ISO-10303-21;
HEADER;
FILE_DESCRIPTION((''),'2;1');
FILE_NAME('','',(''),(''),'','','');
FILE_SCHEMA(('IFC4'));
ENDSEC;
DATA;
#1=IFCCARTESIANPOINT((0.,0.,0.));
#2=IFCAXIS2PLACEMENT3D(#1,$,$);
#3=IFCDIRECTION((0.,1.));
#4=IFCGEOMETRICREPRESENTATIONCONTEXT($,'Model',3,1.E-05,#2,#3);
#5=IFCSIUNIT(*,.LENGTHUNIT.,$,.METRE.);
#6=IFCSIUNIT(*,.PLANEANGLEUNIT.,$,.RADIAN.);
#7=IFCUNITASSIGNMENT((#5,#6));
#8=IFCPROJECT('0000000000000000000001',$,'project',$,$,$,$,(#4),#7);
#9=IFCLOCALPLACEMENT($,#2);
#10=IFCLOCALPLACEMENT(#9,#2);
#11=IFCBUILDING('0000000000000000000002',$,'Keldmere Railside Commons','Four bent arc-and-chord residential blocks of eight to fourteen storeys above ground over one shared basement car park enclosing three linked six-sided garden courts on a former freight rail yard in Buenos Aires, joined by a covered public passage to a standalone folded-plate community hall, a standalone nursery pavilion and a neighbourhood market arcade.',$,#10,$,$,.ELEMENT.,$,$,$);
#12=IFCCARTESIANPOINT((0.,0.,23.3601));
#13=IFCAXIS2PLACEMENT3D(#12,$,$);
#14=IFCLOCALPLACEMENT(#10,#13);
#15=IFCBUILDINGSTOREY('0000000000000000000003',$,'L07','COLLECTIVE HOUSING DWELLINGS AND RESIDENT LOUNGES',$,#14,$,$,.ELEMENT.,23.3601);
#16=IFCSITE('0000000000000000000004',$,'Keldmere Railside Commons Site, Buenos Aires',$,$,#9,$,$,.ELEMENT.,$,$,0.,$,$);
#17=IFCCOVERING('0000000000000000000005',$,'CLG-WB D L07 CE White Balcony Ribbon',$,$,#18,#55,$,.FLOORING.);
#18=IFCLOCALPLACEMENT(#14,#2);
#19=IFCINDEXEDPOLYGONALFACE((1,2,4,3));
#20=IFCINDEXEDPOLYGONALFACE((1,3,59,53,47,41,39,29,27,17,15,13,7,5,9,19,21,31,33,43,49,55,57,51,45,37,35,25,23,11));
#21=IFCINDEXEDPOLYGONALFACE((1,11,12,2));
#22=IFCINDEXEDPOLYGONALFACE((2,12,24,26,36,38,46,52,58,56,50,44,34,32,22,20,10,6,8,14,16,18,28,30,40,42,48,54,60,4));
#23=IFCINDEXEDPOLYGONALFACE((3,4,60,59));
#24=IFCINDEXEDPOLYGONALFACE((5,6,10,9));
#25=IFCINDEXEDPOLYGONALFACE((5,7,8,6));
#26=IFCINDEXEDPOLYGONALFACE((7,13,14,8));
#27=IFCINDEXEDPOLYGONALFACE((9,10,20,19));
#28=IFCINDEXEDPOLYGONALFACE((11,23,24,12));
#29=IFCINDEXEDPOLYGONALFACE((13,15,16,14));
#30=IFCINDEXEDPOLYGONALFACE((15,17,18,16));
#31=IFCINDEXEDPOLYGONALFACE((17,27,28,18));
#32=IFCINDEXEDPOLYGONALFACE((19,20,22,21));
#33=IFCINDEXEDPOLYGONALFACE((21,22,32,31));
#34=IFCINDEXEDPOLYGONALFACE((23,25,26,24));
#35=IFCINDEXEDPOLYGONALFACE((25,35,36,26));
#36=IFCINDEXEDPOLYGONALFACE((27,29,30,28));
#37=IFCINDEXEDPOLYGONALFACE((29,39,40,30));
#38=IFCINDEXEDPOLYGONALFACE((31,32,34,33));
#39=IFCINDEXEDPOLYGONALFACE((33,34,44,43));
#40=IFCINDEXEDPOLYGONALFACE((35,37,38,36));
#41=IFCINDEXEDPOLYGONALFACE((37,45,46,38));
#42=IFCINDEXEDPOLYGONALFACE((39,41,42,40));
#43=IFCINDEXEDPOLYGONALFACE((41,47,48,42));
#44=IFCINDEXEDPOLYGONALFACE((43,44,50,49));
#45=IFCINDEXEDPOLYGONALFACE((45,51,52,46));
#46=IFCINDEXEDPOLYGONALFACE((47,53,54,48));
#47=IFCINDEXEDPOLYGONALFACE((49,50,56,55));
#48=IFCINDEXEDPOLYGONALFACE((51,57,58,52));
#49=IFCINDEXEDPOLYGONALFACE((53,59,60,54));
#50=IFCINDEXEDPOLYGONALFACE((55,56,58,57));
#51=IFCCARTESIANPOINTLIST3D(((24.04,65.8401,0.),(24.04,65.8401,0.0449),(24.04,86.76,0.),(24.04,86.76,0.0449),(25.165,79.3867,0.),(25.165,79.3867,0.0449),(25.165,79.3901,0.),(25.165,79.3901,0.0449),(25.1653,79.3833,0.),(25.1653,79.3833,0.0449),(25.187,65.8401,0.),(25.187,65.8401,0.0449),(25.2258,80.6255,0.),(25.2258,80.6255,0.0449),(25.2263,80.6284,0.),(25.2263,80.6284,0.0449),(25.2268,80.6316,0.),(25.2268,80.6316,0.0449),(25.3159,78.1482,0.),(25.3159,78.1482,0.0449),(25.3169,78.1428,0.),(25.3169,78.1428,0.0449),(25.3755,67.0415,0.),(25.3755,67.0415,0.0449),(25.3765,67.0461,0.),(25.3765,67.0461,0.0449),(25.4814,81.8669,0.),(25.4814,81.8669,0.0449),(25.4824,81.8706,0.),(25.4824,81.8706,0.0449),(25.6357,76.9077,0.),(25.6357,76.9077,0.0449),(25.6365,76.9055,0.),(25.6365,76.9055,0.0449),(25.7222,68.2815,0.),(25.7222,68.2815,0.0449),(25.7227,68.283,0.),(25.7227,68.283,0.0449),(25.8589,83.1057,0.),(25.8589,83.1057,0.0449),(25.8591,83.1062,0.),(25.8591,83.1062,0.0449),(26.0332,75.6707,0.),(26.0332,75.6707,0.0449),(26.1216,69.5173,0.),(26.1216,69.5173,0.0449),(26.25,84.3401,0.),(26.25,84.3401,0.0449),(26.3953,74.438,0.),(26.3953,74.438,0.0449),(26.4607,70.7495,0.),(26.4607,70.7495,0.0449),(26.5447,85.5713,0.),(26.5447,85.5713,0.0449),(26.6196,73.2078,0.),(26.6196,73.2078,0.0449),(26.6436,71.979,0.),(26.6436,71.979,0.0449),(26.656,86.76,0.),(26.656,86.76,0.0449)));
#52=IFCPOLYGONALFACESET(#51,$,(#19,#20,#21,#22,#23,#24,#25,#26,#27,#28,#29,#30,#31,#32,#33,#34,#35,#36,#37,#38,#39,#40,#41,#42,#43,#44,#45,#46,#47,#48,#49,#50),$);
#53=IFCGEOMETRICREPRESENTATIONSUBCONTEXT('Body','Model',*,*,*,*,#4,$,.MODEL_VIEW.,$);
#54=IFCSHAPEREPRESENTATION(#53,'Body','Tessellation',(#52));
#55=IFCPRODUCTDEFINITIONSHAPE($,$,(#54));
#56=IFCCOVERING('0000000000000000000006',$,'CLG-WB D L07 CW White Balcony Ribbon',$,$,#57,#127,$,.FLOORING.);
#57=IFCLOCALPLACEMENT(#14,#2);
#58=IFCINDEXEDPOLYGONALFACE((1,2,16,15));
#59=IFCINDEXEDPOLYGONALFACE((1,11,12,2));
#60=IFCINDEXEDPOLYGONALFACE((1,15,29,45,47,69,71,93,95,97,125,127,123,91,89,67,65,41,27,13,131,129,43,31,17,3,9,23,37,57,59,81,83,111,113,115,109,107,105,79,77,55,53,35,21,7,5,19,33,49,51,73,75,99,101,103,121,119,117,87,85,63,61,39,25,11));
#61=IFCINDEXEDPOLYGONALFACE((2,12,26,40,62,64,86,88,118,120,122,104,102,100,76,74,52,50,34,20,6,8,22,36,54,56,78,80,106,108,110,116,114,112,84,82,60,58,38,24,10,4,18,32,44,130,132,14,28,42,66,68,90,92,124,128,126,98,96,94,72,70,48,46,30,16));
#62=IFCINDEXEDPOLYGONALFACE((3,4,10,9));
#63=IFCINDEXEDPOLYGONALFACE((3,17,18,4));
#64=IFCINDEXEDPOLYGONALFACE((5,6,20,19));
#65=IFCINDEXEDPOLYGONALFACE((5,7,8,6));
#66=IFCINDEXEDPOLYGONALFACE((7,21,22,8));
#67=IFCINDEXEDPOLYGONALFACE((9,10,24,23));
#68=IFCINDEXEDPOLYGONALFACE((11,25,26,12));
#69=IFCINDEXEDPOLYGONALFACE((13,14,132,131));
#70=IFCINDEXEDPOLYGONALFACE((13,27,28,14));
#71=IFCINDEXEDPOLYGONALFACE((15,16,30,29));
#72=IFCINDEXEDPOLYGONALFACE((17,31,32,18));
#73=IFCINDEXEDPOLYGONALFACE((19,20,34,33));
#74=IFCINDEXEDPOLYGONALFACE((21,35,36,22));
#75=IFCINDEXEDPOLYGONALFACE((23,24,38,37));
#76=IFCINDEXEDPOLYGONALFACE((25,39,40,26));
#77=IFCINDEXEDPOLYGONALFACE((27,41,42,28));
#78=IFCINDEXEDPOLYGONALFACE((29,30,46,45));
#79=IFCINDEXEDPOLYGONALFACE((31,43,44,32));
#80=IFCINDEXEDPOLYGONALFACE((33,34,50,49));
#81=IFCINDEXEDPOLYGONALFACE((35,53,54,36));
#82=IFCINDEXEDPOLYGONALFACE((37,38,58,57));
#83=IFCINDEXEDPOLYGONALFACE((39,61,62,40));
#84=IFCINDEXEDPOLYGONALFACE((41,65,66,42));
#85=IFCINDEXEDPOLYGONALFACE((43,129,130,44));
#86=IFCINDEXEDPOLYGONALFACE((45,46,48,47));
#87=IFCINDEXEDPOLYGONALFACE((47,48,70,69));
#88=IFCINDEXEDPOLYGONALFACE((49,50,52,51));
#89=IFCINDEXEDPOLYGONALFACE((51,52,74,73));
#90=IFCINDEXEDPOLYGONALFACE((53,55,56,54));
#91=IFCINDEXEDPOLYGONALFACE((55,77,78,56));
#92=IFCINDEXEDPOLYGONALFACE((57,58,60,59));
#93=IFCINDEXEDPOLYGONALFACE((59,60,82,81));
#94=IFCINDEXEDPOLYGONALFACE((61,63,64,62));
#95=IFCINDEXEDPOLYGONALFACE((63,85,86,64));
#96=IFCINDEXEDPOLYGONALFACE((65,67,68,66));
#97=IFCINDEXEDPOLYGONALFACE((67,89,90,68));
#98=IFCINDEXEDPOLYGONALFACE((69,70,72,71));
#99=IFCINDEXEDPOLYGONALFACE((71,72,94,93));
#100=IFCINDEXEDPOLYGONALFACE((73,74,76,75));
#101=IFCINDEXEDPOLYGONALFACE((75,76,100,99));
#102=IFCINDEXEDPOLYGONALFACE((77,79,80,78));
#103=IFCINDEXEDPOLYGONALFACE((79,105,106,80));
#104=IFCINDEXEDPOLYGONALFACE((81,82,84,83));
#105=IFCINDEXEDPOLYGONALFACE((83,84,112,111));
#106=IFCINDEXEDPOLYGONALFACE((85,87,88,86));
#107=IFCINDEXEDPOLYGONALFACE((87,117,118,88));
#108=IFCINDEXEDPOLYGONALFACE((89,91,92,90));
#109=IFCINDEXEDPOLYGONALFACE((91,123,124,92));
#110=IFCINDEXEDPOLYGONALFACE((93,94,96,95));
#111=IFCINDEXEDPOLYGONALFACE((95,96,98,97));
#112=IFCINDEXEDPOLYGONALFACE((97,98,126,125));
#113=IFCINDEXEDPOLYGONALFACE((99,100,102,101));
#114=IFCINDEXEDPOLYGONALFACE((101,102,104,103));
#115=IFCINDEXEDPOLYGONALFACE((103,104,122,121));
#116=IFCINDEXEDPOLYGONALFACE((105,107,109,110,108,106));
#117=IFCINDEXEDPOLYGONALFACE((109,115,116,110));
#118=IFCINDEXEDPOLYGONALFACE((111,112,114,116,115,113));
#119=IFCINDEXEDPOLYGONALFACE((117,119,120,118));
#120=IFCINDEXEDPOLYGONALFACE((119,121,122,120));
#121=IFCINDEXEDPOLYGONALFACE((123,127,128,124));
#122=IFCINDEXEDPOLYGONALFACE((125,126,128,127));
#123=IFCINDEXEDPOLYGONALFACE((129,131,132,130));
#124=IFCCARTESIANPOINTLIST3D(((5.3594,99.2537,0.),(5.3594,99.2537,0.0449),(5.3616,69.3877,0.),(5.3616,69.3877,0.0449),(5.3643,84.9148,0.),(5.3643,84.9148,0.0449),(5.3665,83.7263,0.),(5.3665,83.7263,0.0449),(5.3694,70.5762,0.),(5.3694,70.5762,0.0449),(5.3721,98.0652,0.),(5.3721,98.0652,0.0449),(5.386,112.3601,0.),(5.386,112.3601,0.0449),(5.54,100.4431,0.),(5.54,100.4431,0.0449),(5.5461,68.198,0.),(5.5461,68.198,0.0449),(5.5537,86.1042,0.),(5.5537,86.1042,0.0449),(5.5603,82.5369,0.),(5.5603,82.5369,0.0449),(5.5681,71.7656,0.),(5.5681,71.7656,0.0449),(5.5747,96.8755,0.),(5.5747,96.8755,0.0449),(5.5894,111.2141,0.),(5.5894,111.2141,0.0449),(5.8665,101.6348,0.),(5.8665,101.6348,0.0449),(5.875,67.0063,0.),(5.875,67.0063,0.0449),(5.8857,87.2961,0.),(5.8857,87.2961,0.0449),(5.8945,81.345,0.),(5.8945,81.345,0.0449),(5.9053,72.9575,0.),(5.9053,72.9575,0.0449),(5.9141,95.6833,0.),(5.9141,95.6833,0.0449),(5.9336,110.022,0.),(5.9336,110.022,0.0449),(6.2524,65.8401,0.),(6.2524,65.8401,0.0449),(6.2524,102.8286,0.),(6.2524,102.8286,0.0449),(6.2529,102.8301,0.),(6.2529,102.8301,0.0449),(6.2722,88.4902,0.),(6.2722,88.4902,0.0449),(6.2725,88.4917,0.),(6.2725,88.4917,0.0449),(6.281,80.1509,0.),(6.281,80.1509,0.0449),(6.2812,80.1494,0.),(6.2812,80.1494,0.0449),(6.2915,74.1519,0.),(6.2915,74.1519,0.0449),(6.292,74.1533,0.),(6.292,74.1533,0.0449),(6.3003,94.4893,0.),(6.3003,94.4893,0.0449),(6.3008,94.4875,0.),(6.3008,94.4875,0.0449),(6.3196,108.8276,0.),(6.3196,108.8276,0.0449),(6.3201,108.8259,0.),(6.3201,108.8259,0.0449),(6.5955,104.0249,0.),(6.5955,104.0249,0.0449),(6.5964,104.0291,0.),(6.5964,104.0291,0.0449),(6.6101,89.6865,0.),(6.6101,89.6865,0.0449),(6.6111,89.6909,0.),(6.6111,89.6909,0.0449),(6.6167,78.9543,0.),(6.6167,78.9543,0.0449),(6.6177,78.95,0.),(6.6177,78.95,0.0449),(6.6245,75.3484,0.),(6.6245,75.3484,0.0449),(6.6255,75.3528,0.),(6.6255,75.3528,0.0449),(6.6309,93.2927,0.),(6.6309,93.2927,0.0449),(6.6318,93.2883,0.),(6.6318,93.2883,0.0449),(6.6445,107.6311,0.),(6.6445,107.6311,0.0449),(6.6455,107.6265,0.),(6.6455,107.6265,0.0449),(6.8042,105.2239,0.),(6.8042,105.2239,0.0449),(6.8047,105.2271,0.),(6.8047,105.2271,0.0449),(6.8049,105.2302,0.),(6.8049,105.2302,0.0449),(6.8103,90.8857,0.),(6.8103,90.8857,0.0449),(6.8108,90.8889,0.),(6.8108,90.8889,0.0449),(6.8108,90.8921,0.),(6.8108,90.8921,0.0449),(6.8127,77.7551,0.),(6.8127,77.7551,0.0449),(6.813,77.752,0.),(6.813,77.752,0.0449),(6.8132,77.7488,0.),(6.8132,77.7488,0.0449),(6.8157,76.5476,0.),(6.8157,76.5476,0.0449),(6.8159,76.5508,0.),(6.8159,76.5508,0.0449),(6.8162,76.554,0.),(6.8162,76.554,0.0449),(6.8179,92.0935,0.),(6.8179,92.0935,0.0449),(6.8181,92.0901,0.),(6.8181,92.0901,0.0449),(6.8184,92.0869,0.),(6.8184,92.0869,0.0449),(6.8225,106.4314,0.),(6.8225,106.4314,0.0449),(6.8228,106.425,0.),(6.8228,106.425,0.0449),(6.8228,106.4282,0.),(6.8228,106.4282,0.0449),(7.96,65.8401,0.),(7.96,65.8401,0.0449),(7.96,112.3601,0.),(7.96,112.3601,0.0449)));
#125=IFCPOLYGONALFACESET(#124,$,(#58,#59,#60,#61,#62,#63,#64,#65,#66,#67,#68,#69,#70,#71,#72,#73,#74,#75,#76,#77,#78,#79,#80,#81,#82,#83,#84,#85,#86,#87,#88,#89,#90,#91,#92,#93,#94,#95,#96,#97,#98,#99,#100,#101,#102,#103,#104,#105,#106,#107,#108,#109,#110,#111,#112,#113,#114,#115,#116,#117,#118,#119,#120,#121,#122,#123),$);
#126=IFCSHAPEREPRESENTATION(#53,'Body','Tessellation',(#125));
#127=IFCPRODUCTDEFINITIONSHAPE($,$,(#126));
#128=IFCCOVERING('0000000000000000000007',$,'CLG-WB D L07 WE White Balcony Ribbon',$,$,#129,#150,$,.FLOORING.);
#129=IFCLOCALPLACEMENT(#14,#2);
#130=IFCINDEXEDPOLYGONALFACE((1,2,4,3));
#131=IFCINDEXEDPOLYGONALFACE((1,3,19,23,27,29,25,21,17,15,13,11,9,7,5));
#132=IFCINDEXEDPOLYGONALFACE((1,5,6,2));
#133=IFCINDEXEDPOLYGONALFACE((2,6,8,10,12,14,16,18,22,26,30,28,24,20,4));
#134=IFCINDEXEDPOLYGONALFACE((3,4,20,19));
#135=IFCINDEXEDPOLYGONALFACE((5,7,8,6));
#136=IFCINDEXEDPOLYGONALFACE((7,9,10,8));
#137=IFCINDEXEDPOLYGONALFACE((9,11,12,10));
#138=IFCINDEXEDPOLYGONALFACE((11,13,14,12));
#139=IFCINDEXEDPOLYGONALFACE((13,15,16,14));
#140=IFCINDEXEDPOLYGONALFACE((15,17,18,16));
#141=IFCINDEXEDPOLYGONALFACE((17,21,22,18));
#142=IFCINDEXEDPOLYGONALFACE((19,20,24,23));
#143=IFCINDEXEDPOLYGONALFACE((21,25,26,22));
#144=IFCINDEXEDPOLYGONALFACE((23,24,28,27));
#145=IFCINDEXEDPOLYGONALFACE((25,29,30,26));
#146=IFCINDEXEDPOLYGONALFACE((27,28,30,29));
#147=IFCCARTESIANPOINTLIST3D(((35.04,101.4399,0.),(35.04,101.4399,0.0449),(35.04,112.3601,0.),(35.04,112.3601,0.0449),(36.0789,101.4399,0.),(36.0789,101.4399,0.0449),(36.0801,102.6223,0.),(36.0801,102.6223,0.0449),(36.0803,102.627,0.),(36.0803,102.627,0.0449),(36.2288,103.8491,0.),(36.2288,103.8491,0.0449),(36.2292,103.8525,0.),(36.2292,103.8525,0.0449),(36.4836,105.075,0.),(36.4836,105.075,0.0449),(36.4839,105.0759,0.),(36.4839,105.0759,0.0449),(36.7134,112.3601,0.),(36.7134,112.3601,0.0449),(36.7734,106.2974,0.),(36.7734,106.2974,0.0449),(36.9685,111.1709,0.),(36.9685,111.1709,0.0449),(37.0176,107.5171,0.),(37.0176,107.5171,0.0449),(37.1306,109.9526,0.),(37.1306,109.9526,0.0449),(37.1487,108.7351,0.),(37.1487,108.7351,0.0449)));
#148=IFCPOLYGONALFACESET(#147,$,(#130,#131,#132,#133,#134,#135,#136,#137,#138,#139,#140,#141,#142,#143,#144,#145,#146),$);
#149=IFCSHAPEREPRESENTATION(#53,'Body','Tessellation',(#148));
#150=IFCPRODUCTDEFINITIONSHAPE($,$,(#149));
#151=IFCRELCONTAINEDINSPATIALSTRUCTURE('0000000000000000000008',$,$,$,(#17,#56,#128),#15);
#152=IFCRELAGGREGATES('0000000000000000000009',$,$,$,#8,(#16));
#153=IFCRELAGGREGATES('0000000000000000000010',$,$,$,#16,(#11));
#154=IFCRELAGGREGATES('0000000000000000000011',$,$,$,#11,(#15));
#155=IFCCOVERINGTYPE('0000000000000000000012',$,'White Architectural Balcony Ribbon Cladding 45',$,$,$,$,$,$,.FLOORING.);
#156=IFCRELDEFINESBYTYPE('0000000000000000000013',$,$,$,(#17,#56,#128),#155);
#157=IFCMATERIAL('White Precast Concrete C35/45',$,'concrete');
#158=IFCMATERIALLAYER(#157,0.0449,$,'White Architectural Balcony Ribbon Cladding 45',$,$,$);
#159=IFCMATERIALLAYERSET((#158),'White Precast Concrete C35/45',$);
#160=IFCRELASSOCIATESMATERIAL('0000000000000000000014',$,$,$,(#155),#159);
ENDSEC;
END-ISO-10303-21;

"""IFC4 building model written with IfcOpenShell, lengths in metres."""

from ifc_helpers import new_model, si_unit, direction, frame, origin, place, context, subcontext, project, spatial, polyline, outline, extrude, material, layer, layer_set, type_object, element, save


model = new_model("IFC4")

# Units and contexts
model_context = context("Model", 3, precision=1e-05, world=origin(), true_north=direction((0.0, 1.0)))
body_context = subcontext(model_context, "Body", "Model", "MODEL_VIEW")
ifc_project = project(units=[si_unit("LENGTHUNIT", "METRE"), si_unit("PLANEANGLEUNIT", "RADIAN")], contexts=[model_context])

# Site, building, storey
site_placement = place(None, origin())
site = spatial("IfcSite", under=ifc_project, at=site_placement, Name="Keldmere Railside Commons Site, Buenos Aires", CompositionType="ELEMENT", RefElevation=0.0)
building_placement = place(site_placement, origin())
building = spatial("IfcBuilding", under=site, at=building_placement, Name="Keldmere Railside Commons", Description="Four bent arc-and-chord residential blocks of eight to fourteen storeys above ground over one shared basement car park enclosing three linked six-sided garden courts on a former freight rail yard in Buenos Aires, joined by a covered public passage to a standalone folded-plate community hall, a standalone nursery pavilion and a neighbourhood market arcade.", CompositionType="ELEMENT")
storey_placement = place(building_placement, frame((0.0, 0.0, 23.3601)))
storey = spatial("IfcBuildingStorey", under=building, at=storey_placement, Name="L07", Description="COLLECTIVE HOUSING DWELLINGS AND RESIDENT LOUNGES", CompositionType="ELEMENT", Elevation=23.3601)

# Coverings
ifc_material_1 = material(Name="White Precast Concrete C35/45", Category="concrete")
ifc_layer_1 = layer(ifc_material_1, 0.0449, Name="White Architectural Balcony Ribbon Cladding 45")
ifc_layer_set_1 = layer_set([ifc_layer_1], Name="White Precast Concrete C35/45")
covering_type = type_object("IfcCoveringType", Name="White Architectural Balcony Ribbon Cladding 45", PredefinedType="FLOORING", material=ifc_layer_set_1)
covering_1_placement = place(storey_placement, origin())
element("IfcCovering", 1, at=covering_1_placement, inside=storey, type_object=covering_type, Name="CLG-WB D L07 CE White Balcony Ribbon", PredefinedType="FLOORING", context=body_context, shape_type="SweptSolid", body=[
    extrude(outline(polyline([(25.3755, 67.0415), (25.3765, 67.0461), (25.7222, 68.2815), (25.7227, 68.283), (26.1216, 69.5173), (26.4607, 70.7495), (26.6436, 71.979), (26.6196, 73.2078), (26.3953, 74.438), (26.0332, 75.6707), (25.6365, 76.9055), (25.6357, 76.9077), (25.3169, 78.1428), (25.3159, 78.1482), (25.1653, 79.3833), (25.165, 79.3867), (25.165, 79.3901), (25.2258, 80.6255), (25.2263, 80.6284), (25.2268, 80.6316), (25.4814, 81.8669), (25.4824, 81.8706), (25.8589, 83.1057), (25.8591, 83.1062), (26.25, 84.3401), (26.5447, 85.5713), (26.656, 86.76), (24.04, 86.76), (24.04, 65.8401), (25.187, 65.8401), (25.3755, 67.0415)])), origin(), (0.0, 0.0, 1.0), 0.0449),
])
covering_2_placement = place(storey_placement, origin())
element("IfcCovering", 2, at=covering_2_placement, inside=storey, type_object=covering_type, Name="CLG-WB D L07 CW White Balcony Ribbon", PredefinedType="FLOORING", context=body_context, shape_type="SweptSolid", body=[
    extrude(outline(polyline([(7.96, 112.3601), (5.386, 112.3601), (5.5894, 111.2141), (5.9336, 110.022), (6.3196, 108.8276), (6.3201, 108.8259), (6.6445, 107.6311), (6.6455, 107.6265), (6.8225, 106.4314), (6.8228, 106.4282), (6.8228, 106.425), (6.8049, 105.2302), (6.8047, 105.2271), (6.8042, 105.2239), (6.5964, 104.0291), (6.5955, 104.0249), (6.2529, 102.8301), (6.2524, 102.8286), (5.8665, 101.6348), (5.54, 100.4431), (5.3594, 99.2537), (5.3721, 98.0652), (5.5747, 96.8755), (5.9141, 95.6833), (6.3003, 94.4893), (6.3008, 94.4875), (6.6309, 93.2927), (6.6318, 93.2883), (6.8179, 92.0935), (6.8181, 92.0901), (6.8184, 92.0869), (6.8108, 90.8921), (6.8108, 90.8889), (6.8103, 90.8857), (6.6111, 89.6909), (6.6101, 89.6865), (6.2725, 88.4917), (6.2722, 88.4902), (5.8857, 87.2961), (5.5537, 86.1042), (5.3643, 84.9148), (5.3665, 83.7263), (5.5603, 82.5369), (5.8945, 81.345), (6.281, 80.1509), (6.2812, 80.1494), (6.6167, 78.9543), (6.6177, 78.95), (6.8127, 77.7551), (6.813, 77.752), (6.8132, 77.7488), (6.8162, 76.554), (6.8159, 76.5508), (6.8157, 76.5476), (6.6255, 75.3528), (6.6245, 75.3484), (6.292, 74.1533), (6.2915, 74.1519), (5.9053, 72.9575), (5.5681, 71.7656), (5.3694, 70.5762), (5.3616, 69.3877), (5.5461, 68.198), (5.875, 67.0063), (6.2524, 65.8401), (7.96, 65.8401), (7.96, 112.3601)])), origin(), (0.0, 0.0, 1.0), 0.0449),
])
covering_3_placement = place(storey_placement, origin())
element("IfcCovering", 3, at=covering_3_placement, inside=storey, type_object=covering_type, Name="CLG-WB D L07 WE White Balcony Ribbon", PredefinedType="FLOORING", context=body_context, shape_type="SweptSolid", body=[
    extrude(outline(polyline([(36.0801, 102.6223), (36.0803, 102.627), (36.2288, 103.8491), (36.2292, 103.8525), (36.4836, 105.075), (36.4839, 105.0759), (36.7734, 106.2974), (37.0176, 107.5171), (37.1487, 108.7351), (37.1306, 109.9526), (36.9685, 111.1709), (36.7134, 112.3601), (35.04, 112.3601), (35.04, 101.4399), (36.0789, 101.4399), (36.0801, 102.6223)])), origin(), (0.0, 0.0, 1.0), 0.0449),
])

save(model, "model.ifc")
